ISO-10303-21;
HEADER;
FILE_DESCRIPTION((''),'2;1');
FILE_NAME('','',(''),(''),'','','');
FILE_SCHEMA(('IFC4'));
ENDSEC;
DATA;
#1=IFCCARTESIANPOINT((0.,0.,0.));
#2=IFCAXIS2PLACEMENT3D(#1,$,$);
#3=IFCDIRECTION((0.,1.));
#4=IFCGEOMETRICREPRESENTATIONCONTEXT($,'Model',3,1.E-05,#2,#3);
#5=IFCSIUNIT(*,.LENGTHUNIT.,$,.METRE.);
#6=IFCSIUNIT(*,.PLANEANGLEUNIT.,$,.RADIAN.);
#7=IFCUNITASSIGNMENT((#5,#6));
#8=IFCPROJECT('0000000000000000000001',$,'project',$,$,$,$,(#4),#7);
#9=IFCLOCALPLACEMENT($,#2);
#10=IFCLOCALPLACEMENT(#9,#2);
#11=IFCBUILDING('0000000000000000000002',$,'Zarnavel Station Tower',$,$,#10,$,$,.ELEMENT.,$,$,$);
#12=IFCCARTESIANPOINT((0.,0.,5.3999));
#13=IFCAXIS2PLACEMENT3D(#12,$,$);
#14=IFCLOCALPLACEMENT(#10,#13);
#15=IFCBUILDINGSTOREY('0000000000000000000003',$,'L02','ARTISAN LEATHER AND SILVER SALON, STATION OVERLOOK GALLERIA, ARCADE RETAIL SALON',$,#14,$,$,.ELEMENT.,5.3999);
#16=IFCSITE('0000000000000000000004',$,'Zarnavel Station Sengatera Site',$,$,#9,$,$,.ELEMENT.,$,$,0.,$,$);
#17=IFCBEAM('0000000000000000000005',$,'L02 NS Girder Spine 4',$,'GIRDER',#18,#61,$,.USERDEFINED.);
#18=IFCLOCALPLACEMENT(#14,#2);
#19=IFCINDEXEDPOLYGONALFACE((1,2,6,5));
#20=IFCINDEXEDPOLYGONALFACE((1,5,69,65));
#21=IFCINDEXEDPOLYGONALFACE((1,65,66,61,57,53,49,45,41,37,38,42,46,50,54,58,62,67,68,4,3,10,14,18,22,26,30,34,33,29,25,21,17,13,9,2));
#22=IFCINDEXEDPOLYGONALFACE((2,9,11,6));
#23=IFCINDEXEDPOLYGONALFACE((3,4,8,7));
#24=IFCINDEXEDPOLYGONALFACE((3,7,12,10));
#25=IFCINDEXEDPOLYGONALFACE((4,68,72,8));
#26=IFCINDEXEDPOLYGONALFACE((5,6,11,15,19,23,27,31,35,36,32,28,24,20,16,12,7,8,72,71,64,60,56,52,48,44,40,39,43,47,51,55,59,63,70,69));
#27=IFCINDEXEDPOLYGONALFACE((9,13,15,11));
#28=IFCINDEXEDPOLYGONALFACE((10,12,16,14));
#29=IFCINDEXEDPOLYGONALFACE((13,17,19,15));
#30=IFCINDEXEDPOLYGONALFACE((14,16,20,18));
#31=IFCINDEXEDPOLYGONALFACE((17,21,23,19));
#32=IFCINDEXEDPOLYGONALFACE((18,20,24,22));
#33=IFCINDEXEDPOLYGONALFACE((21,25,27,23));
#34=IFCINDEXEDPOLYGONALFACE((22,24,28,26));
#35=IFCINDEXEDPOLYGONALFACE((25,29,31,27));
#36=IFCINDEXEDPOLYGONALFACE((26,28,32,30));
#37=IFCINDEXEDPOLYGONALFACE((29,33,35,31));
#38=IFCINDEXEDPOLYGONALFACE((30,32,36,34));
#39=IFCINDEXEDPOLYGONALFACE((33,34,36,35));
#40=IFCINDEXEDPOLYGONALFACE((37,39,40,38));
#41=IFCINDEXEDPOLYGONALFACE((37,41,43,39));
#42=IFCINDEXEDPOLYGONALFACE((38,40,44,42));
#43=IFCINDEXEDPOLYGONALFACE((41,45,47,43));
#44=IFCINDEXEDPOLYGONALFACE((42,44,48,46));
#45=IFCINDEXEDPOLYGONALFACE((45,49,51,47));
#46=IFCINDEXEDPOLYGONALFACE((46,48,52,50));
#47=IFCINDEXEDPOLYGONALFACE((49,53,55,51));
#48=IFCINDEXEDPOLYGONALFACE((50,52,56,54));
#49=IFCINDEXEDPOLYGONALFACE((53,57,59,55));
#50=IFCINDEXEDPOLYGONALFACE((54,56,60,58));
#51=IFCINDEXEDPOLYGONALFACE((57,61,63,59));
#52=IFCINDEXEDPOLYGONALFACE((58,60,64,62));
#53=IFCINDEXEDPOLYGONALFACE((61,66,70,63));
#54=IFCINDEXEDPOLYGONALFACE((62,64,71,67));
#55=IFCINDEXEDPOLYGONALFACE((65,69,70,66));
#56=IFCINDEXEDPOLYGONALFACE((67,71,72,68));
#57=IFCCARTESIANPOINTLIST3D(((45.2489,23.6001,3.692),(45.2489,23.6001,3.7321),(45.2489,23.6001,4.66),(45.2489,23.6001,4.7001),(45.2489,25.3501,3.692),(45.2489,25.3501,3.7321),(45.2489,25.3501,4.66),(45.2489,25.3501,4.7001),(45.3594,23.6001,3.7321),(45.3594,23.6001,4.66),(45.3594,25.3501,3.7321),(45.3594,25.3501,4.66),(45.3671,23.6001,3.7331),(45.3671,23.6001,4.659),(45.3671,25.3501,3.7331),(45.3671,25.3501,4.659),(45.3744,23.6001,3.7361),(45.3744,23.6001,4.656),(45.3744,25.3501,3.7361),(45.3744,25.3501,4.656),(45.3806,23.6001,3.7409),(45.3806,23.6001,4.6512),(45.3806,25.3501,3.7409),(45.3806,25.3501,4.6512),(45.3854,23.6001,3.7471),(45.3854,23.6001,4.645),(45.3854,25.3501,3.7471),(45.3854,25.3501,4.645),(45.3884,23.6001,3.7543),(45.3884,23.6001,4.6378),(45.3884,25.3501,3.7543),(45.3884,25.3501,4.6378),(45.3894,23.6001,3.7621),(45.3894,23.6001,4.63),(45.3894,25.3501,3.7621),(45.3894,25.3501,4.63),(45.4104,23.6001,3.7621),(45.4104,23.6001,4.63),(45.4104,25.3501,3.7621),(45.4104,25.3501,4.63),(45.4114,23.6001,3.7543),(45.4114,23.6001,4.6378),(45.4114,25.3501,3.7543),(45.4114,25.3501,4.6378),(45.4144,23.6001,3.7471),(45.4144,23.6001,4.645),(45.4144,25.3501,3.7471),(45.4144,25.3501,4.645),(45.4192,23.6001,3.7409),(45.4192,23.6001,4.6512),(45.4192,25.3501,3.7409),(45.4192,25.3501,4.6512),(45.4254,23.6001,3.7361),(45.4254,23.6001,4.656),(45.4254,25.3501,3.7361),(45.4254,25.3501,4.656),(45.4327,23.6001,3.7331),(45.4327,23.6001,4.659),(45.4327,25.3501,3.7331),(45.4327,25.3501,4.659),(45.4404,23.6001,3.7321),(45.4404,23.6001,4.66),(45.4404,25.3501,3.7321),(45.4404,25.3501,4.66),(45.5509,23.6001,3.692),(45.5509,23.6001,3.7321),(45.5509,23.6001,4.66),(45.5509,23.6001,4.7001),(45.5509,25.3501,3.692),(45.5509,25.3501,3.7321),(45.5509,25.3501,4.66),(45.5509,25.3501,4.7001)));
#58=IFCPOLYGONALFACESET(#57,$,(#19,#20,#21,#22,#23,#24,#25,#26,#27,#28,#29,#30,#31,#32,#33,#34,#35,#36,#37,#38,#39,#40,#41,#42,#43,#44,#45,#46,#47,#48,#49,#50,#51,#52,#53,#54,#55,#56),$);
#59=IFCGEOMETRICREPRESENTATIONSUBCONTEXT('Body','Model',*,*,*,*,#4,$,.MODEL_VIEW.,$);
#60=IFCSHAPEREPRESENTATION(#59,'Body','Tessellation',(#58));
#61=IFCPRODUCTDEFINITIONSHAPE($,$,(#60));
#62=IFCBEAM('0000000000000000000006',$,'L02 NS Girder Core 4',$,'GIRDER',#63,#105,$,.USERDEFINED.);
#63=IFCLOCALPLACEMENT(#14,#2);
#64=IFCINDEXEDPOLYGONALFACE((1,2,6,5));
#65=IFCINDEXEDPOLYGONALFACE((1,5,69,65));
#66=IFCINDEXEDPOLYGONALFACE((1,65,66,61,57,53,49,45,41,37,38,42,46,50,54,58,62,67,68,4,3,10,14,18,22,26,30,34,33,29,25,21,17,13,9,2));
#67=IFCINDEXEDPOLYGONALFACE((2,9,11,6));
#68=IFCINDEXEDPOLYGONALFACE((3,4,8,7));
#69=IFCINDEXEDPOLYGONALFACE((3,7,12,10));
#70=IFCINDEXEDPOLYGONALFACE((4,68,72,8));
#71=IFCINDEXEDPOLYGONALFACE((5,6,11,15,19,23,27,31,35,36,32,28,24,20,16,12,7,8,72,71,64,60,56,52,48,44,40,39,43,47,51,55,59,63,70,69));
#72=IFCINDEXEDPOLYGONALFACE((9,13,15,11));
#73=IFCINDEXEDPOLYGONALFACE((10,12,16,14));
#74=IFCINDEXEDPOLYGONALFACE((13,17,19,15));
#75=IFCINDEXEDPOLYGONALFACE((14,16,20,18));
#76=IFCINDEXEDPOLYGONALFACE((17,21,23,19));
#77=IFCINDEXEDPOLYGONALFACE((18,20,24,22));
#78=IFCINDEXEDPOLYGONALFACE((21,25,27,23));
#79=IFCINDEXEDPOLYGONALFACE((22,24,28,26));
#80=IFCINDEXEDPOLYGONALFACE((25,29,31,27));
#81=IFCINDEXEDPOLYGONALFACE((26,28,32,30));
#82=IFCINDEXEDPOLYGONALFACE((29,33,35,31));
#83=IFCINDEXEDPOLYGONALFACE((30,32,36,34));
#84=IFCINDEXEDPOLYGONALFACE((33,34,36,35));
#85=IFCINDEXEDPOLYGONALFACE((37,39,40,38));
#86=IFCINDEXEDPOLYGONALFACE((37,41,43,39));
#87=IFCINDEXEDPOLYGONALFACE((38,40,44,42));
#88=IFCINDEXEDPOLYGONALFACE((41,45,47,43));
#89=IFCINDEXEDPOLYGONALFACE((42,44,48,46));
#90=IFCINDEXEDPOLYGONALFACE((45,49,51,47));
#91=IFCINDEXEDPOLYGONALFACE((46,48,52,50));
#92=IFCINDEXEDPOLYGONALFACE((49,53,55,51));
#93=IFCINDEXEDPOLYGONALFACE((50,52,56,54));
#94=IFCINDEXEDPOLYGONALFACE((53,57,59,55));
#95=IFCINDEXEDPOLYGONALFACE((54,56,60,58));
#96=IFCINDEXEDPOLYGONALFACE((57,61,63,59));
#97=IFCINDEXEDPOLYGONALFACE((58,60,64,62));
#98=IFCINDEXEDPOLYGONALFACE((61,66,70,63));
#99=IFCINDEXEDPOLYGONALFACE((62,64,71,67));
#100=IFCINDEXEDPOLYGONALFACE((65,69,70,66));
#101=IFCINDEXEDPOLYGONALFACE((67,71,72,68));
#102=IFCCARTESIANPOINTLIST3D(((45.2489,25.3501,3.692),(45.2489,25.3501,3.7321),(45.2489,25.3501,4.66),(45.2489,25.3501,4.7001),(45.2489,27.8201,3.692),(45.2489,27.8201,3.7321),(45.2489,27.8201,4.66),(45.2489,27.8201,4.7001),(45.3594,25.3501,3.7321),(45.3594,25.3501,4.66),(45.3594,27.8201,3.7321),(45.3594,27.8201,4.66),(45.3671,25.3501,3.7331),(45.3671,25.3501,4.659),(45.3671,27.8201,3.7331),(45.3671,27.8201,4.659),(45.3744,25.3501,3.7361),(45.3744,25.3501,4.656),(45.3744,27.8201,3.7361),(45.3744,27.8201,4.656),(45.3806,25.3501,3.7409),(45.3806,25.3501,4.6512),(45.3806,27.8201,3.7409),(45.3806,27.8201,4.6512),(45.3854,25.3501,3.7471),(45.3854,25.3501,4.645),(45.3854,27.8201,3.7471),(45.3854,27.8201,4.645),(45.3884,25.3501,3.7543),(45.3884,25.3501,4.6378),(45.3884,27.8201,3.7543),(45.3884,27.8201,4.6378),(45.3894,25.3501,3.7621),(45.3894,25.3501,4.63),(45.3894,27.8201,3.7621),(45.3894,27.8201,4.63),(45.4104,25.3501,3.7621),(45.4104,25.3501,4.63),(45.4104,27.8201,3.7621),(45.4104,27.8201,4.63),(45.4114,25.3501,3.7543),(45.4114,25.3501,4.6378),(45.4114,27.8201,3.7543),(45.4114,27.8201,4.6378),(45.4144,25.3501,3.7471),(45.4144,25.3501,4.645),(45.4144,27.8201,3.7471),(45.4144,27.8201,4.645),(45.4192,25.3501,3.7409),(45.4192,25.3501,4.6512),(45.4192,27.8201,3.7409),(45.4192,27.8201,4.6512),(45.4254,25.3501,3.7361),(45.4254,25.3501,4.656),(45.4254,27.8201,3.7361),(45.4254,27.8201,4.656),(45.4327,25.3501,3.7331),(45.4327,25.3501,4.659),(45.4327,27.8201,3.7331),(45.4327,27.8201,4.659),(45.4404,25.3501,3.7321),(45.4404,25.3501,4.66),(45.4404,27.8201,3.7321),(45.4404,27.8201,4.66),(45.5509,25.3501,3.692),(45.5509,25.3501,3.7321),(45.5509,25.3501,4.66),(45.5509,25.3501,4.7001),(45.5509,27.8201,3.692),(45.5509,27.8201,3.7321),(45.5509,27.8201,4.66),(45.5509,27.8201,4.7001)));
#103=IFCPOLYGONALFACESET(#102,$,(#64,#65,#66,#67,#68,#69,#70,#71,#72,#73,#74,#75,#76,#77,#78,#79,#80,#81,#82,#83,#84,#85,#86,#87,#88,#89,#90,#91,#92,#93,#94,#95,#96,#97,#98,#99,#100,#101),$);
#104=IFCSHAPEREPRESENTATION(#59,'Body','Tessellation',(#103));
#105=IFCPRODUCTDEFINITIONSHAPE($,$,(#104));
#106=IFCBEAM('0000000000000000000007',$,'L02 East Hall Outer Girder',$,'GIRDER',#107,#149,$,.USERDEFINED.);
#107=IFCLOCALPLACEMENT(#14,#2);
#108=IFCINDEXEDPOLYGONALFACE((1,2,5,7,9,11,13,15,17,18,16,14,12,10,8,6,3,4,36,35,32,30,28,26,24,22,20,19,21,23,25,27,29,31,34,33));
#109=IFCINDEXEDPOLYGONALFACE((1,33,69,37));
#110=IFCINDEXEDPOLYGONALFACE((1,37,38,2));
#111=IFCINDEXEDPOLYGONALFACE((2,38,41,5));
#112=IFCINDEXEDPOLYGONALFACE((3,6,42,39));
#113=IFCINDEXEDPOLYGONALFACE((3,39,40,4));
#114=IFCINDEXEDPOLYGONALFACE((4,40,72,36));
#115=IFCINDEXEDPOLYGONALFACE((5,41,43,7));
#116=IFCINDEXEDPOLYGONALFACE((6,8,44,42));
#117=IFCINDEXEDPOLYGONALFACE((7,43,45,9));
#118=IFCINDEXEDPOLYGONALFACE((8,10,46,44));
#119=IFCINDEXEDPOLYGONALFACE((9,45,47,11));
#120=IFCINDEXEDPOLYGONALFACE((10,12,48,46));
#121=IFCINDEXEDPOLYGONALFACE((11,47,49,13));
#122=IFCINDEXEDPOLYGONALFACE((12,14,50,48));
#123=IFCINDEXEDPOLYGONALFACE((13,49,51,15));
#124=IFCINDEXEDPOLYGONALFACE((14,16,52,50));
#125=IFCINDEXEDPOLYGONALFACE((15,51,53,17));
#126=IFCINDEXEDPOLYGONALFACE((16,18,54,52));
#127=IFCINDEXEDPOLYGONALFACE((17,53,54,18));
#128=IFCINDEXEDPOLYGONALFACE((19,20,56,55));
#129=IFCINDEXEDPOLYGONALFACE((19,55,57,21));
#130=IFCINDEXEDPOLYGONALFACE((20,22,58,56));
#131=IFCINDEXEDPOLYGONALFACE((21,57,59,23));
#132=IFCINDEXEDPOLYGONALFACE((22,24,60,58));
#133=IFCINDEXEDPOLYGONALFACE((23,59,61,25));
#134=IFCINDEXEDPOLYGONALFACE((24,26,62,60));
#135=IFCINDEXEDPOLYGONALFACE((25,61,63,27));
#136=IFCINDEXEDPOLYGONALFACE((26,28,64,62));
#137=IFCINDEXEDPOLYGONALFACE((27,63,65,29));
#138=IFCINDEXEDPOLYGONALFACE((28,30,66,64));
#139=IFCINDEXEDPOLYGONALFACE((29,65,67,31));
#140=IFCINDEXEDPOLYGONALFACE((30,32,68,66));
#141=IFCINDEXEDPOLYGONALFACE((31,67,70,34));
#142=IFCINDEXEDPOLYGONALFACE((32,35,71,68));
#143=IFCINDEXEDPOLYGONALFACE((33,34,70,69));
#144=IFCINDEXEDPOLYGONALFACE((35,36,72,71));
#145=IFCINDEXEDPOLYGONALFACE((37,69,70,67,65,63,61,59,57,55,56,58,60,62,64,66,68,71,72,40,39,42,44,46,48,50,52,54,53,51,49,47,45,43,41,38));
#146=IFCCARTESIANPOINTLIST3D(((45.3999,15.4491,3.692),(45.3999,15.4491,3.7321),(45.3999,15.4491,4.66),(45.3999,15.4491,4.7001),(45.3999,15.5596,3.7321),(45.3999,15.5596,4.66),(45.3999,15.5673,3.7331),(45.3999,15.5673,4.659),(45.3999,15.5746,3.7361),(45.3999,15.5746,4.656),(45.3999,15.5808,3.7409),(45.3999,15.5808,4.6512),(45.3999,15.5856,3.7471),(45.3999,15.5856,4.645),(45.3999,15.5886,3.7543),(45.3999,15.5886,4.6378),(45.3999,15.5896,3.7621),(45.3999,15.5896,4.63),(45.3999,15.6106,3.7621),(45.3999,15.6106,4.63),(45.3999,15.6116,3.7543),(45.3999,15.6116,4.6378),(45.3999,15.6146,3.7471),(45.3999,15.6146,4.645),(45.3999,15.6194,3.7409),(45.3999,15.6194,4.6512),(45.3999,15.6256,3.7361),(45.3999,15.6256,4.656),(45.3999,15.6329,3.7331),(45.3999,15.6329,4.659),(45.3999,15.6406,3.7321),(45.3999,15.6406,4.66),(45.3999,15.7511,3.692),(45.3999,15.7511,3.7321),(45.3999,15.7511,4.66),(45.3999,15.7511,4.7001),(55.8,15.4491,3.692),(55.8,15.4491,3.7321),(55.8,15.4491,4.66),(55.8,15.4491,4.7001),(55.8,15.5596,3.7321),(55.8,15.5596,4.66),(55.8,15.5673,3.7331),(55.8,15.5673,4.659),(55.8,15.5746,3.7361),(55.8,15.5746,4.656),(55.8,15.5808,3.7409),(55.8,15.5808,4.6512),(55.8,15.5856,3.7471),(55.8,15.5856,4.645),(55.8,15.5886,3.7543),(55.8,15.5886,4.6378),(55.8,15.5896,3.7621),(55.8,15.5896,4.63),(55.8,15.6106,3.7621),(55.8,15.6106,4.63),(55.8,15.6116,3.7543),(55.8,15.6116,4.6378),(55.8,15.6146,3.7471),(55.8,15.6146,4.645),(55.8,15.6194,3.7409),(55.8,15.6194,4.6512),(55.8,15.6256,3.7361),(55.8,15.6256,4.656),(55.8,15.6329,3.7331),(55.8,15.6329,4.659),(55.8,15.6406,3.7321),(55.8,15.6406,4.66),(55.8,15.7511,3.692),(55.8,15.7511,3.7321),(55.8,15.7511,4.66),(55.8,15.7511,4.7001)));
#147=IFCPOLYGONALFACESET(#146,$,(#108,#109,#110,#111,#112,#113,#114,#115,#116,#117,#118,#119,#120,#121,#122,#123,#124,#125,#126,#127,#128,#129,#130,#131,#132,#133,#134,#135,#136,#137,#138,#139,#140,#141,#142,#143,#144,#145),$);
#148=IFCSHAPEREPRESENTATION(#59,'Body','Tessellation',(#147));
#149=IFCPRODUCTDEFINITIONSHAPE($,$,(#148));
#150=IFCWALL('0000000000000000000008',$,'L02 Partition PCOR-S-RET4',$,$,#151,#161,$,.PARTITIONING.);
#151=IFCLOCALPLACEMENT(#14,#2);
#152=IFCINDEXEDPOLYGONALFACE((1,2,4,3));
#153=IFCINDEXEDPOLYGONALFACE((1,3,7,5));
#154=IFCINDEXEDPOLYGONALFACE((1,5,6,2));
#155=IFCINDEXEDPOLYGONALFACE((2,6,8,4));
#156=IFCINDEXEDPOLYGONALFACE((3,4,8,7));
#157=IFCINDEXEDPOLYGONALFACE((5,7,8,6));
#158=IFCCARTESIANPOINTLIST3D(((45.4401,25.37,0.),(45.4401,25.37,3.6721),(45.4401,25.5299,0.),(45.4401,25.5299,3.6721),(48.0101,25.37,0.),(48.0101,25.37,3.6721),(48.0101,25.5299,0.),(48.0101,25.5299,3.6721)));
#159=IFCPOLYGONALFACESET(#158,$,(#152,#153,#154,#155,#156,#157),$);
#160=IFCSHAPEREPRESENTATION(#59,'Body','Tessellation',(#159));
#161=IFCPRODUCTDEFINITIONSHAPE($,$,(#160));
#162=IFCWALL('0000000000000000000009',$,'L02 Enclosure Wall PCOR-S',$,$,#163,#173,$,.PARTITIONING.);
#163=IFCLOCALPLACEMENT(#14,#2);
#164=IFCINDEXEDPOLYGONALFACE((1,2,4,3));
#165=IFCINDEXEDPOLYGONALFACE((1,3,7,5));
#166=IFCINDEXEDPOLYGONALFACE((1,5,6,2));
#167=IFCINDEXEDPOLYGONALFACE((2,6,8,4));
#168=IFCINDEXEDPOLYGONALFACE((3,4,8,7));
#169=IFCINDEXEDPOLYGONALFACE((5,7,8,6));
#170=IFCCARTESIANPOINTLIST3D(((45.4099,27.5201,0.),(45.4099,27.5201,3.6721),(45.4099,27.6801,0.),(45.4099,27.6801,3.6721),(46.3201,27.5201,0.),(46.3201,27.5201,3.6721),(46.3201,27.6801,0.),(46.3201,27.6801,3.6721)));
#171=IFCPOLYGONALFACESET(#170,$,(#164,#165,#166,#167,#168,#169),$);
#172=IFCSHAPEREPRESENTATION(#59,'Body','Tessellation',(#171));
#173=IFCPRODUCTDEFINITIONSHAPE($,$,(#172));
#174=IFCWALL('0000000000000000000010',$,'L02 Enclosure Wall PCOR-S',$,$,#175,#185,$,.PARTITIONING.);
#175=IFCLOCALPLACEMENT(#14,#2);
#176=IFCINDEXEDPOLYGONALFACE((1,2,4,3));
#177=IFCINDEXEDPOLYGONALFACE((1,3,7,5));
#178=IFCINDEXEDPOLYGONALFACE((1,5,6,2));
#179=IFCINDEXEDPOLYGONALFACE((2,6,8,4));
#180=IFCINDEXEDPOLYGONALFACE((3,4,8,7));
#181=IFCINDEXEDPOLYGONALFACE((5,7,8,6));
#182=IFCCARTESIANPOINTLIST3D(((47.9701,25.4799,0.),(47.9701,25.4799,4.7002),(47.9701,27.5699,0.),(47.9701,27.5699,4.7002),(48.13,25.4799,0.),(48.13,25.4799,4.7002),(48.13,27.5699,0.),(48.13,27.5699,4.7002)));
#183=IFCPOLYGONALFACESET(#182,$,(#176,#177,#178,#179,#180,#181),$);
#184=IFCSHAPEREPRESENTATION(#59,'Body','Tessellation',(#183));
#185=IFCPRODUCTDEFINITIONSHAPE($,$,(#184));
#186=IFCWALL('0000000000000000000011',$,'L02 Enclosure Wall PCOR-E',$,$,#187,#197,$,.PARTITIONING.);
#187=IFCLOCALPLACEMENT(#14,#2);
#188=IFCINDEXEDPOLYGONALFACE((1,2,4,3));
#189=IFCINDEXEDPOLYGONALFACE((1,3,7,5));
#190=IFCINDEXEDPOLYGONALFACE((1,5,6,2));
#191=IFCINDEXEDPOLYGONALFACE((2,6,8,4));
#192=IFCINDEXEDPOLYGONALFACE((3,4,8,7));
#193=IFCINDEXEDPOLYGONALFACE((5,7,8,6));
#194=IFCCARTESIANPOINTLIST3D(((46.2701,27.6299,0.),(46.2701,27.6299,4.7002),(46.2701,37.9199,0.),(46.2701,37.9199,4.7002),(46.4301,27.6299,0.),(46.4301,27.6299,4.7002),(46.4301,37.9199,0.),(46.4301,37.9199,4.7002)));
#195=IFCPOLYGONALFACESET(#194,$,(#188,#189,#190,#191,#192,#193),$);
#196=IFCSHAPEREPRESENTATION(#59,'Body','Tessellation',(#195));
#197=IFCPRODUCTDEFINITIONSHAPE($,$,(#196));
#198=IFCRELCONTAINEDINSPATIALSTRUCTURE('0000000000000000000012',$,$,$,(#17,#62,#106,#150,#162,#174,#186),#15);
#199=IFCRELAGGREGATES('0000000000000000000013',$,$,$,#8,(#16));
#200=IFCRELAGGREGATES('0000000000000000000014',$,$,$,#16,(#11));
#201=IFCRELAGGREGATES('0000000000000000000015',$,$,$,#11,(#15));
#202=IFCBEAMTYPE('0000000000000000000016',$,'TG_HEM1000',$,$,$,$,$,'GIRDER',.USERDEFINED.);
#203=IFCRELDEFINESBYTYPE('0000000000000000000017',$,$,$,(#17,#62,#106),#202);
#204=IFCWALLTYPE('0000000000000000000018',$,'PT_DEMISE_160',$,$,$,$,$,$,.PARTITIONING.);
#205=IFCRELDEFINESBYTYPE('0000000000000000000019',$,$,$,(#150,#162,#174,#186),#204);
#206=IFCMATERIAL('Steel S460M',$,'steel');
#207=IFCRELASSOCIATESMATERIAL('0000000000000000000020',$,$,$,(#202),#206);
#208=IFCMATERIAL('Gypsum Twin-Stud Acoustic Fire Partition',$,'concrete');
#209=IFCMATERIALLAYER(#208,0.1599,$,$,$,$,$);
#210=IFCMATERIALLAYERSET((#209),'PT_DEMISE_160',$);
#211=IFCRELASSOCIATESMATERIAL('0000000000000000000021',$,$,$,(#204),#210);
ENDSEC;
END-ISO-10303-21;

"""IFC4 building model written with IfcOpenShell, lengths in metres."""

from ifc_helpers import new_model, si_unit, direction, frame, frame_2d, origin, origin_2d, place, context, subcontext, project, spatial, rectangle, i_section, extrude, material, layer, layer_set, material_profile, profile_set, type_object, element, save


model = new_model("IFC4")

# Units and contexts
model_context = context("Model", 3, precision=1e-05, world=origin(), true_north=direction((0.0, 1.0)))
body_context = subcontext(model_context, "Body", "Model", "MODEL_VIEW")
ifc_project = project(units=[si_unit("LENGTHUNIT", "METRE"), si_unit("PLANEANGLEUNIT", "RADIAN")], contexts=[model_context])

# Site, building, storey
site_placement = place(None, origin())
site = spatial("IfcSite", under=ifc_project, at=site_placement, Name="Zarnavel Station Sengatera Site", CompositionType="ELEMENT", RefElevation=0.0)
building_placement = place(site_placement, origin())
building = spatial("IfcBuilding", under=site, at=building_placement, Name="Zarnavel Station Tower", CompositionType="ELEMENT")
storey_placement = place(building_placement, frame((0.0, 0.0, 5.3999)))
storey = spatial("IfcBuildingStorey", under=building, at=storey_placement, Name="L02", Description="ARTISAN LEATHER AND SILVER SALON, STATION OVERLOOK GALLERIA, ARCADE RETAIL SALON", CompositionType="ELEMENT", Elevation=5.3999)

# Beams
ifc_material_1 = material(Name="Steel S460M", Category="steel")
ifc_material_profile_1 = material_profile(ifc_material_1, i_section(OverallWidth=0.302, OverallDepth=1.0081, WebThickness=0.021, FlangeThickness=0.04, FilletRadius=0.03, at=origin_2d()), Name="HEM1000")
ifc_profile_set_1 = profile_set([ifc_material_profile_1], Name="Steel S460M")
beam_type_1 = type_object("IfcBeamType", Name="TG_HEM1000", ElementType="GIRDER", PredefinedType="USERDEFINED", material=ifc_profile_set_1)
beam_1_placement = place(storey_placement, frame((45.3999, 23.6001, 4.196), z_axis=(0.0, 1.0, 0.0), x_axis=(-1.0, 0.0, 0.0)))
element("IfcBeam", 1, at=beam_1_placement, inside=storey, type_object=beam_type_1, Name="L02 NS Girder Spine 4", ObjectType="GIRDER", PredefinedType="USERDEFINED", context=body_context, shape_type="SweptSolid", body=[
    extrude(i_section(OverallWidth=0.302, OverallDepth=1.0081, WebThickness=0.021, FlangeThickness=0.04, FilletRadius=0.03, at=origin_2d()), origin(), (0.0, 0.0, 1.0), 1.75),
])
beam_2_placement = place(storey_placement, frame((45.3999, 25.3501, 4.196), z_axis=(0.0, 1.0, 0.0), x_axis=(-1.0, 0.0, 0.0)))
element("IfcBeam", 2, at=beam_2_placement, inside=storey, type_object=beam_type_1, Name="L02 NS Girder Core 4", ObjectType="GIRDER", PredefinedType="USERDEFINED", context=body_context, shape_type="SweptSolid", body=[
    extrude(i_section(OverallWidth=0.302, OverallDepth=1.0081, WebThickness=0.021, FlangeThickness=0.04, FilletRadius=0.03, at=origin_2d()), origin(), (0.0, 0.0, 1.0), 2.47),
])
beam_3_placement = place(storey_placement, frame((45.3999, 15.6001, 4.196), z_axis=(1.0, 0.0, 0.0), x_axis=(0.0, 1.0, 0.0)))
element("IfcBeam", 3, at=beam_3_placement, inside=storey, type_object=beam_type_1, Name="L02 East Hall Outer Girder", ObjectType="GIRDER", PredefinedType="USERDEFINED", context=body_context, shape_type="SweptSolid", body=[
    extrude(i_section(OverallWidth=0.302, OverallDepth=1.0081, WebThickness=0.021, FlangeThickness=0.04, FilletRadius=0.03, at=origin_2d()), origin(), (0.0, 0.0, 1.0), 10.4001),
])

# Walls
ifc_material_2 = material(Name="Gypsum Twin-Stud Acoustic Fire Partition", Category="concrete")
ifc_layer_1 = layer(ifc_material_2, 0.1599)
ifc_layer_set_1 = layer_set([ifc_layer_1], Name="PT_DEMISE_160")
wall_type_1 = type_object("IfcWallType", Name="PT_DEMISE_160", PredefinedType="PARTITIONING", material=ifc_layer_set_1)
wall_1_placement = place(storey_placement, frame((45.4399, 25.45, 0.0), z_axis=(0.0, 0.0, 1.0), x_axis=(1.0, 0.0, 0.0)))
element("IfcWall", 4, at=wall_1_placement, inside=storey, type_object=wall_type_1, Name="L02 Partition PCOR-S-RET4", PredefinedType="PARTITIONING", context=body_context, shape_type="SweptSolid", body=[
    extrude(rectangle(XDim=2.5701, YDim=0.1599, at=frame_2d((1.2852, 0.0))), origin(), (0.0, 0.0, 1.0), 3.6721),
])
wall_2_placement = place(storey_placement, frame((45.4099, 27.6001, 0.0), z_axis=(0.0, 0.0, 1.0), x_axis=(1.0, 0.0, 0.0)))
element("IfcWall", 5, at=wall_2_placement, inside=storey, type_object=wall_type_1, Name="L02 Enclosure Wall PCOR-S", PredefinedType="PARTITIONING", context=body_context, shape_type="SweptSolid", body=[
    extrude(rectangle(XDim=0.9102, YDim=0.1599, at=frame_2d((0.4551, 0.0))), origin(), (0.0, 0.0, 1.0), 3.6721),
])
wall_3_placement = place(storey_placement, frame((48.05, 25.48, 0.0), z_axis=(0.0, 0.0, 1.0), x_axis=(0.0, 1.0, 0.0)))
element("IfcWall", 6, at=wall_3_placement, inside=storey, type_object=wall_type_1, Name="L02 Enclosure Wall PCOR-S", PredefinedType="PARTITIONING", context=body_context, shape_type="SweptSolid", body=[
    extrude(rectangle(XDim=2.0901, YDim=0.1599, at=frame_2d((1.0449, 0.0))), origin(), (0.0, 0.0, 1.0), 4.7002),
])
wall_4_placement = place(storey_placement, frame((46.3501, 27.6299, 0.0), z_axis=(0.0, 0.0, 1.0), x_axis=(0.0, 1.0, 0.0)))
element("IfcWall", 7, at=wall_4_placement, inside=storey, type_object=wall_type_1, Name="L02 Enclosure Wall PCOR-E", PredefinedType="PARTITIONING", context=body_context, shape_type="SweptSolid", body=[
    extrude(rectangle(XDim=10.29, YDim=0.1599, at=frame_2d((5.145, 0.0))), origin(), (0.0, 0.0, 1.0), 4.7002),
])

save(model, "model.ifc")
